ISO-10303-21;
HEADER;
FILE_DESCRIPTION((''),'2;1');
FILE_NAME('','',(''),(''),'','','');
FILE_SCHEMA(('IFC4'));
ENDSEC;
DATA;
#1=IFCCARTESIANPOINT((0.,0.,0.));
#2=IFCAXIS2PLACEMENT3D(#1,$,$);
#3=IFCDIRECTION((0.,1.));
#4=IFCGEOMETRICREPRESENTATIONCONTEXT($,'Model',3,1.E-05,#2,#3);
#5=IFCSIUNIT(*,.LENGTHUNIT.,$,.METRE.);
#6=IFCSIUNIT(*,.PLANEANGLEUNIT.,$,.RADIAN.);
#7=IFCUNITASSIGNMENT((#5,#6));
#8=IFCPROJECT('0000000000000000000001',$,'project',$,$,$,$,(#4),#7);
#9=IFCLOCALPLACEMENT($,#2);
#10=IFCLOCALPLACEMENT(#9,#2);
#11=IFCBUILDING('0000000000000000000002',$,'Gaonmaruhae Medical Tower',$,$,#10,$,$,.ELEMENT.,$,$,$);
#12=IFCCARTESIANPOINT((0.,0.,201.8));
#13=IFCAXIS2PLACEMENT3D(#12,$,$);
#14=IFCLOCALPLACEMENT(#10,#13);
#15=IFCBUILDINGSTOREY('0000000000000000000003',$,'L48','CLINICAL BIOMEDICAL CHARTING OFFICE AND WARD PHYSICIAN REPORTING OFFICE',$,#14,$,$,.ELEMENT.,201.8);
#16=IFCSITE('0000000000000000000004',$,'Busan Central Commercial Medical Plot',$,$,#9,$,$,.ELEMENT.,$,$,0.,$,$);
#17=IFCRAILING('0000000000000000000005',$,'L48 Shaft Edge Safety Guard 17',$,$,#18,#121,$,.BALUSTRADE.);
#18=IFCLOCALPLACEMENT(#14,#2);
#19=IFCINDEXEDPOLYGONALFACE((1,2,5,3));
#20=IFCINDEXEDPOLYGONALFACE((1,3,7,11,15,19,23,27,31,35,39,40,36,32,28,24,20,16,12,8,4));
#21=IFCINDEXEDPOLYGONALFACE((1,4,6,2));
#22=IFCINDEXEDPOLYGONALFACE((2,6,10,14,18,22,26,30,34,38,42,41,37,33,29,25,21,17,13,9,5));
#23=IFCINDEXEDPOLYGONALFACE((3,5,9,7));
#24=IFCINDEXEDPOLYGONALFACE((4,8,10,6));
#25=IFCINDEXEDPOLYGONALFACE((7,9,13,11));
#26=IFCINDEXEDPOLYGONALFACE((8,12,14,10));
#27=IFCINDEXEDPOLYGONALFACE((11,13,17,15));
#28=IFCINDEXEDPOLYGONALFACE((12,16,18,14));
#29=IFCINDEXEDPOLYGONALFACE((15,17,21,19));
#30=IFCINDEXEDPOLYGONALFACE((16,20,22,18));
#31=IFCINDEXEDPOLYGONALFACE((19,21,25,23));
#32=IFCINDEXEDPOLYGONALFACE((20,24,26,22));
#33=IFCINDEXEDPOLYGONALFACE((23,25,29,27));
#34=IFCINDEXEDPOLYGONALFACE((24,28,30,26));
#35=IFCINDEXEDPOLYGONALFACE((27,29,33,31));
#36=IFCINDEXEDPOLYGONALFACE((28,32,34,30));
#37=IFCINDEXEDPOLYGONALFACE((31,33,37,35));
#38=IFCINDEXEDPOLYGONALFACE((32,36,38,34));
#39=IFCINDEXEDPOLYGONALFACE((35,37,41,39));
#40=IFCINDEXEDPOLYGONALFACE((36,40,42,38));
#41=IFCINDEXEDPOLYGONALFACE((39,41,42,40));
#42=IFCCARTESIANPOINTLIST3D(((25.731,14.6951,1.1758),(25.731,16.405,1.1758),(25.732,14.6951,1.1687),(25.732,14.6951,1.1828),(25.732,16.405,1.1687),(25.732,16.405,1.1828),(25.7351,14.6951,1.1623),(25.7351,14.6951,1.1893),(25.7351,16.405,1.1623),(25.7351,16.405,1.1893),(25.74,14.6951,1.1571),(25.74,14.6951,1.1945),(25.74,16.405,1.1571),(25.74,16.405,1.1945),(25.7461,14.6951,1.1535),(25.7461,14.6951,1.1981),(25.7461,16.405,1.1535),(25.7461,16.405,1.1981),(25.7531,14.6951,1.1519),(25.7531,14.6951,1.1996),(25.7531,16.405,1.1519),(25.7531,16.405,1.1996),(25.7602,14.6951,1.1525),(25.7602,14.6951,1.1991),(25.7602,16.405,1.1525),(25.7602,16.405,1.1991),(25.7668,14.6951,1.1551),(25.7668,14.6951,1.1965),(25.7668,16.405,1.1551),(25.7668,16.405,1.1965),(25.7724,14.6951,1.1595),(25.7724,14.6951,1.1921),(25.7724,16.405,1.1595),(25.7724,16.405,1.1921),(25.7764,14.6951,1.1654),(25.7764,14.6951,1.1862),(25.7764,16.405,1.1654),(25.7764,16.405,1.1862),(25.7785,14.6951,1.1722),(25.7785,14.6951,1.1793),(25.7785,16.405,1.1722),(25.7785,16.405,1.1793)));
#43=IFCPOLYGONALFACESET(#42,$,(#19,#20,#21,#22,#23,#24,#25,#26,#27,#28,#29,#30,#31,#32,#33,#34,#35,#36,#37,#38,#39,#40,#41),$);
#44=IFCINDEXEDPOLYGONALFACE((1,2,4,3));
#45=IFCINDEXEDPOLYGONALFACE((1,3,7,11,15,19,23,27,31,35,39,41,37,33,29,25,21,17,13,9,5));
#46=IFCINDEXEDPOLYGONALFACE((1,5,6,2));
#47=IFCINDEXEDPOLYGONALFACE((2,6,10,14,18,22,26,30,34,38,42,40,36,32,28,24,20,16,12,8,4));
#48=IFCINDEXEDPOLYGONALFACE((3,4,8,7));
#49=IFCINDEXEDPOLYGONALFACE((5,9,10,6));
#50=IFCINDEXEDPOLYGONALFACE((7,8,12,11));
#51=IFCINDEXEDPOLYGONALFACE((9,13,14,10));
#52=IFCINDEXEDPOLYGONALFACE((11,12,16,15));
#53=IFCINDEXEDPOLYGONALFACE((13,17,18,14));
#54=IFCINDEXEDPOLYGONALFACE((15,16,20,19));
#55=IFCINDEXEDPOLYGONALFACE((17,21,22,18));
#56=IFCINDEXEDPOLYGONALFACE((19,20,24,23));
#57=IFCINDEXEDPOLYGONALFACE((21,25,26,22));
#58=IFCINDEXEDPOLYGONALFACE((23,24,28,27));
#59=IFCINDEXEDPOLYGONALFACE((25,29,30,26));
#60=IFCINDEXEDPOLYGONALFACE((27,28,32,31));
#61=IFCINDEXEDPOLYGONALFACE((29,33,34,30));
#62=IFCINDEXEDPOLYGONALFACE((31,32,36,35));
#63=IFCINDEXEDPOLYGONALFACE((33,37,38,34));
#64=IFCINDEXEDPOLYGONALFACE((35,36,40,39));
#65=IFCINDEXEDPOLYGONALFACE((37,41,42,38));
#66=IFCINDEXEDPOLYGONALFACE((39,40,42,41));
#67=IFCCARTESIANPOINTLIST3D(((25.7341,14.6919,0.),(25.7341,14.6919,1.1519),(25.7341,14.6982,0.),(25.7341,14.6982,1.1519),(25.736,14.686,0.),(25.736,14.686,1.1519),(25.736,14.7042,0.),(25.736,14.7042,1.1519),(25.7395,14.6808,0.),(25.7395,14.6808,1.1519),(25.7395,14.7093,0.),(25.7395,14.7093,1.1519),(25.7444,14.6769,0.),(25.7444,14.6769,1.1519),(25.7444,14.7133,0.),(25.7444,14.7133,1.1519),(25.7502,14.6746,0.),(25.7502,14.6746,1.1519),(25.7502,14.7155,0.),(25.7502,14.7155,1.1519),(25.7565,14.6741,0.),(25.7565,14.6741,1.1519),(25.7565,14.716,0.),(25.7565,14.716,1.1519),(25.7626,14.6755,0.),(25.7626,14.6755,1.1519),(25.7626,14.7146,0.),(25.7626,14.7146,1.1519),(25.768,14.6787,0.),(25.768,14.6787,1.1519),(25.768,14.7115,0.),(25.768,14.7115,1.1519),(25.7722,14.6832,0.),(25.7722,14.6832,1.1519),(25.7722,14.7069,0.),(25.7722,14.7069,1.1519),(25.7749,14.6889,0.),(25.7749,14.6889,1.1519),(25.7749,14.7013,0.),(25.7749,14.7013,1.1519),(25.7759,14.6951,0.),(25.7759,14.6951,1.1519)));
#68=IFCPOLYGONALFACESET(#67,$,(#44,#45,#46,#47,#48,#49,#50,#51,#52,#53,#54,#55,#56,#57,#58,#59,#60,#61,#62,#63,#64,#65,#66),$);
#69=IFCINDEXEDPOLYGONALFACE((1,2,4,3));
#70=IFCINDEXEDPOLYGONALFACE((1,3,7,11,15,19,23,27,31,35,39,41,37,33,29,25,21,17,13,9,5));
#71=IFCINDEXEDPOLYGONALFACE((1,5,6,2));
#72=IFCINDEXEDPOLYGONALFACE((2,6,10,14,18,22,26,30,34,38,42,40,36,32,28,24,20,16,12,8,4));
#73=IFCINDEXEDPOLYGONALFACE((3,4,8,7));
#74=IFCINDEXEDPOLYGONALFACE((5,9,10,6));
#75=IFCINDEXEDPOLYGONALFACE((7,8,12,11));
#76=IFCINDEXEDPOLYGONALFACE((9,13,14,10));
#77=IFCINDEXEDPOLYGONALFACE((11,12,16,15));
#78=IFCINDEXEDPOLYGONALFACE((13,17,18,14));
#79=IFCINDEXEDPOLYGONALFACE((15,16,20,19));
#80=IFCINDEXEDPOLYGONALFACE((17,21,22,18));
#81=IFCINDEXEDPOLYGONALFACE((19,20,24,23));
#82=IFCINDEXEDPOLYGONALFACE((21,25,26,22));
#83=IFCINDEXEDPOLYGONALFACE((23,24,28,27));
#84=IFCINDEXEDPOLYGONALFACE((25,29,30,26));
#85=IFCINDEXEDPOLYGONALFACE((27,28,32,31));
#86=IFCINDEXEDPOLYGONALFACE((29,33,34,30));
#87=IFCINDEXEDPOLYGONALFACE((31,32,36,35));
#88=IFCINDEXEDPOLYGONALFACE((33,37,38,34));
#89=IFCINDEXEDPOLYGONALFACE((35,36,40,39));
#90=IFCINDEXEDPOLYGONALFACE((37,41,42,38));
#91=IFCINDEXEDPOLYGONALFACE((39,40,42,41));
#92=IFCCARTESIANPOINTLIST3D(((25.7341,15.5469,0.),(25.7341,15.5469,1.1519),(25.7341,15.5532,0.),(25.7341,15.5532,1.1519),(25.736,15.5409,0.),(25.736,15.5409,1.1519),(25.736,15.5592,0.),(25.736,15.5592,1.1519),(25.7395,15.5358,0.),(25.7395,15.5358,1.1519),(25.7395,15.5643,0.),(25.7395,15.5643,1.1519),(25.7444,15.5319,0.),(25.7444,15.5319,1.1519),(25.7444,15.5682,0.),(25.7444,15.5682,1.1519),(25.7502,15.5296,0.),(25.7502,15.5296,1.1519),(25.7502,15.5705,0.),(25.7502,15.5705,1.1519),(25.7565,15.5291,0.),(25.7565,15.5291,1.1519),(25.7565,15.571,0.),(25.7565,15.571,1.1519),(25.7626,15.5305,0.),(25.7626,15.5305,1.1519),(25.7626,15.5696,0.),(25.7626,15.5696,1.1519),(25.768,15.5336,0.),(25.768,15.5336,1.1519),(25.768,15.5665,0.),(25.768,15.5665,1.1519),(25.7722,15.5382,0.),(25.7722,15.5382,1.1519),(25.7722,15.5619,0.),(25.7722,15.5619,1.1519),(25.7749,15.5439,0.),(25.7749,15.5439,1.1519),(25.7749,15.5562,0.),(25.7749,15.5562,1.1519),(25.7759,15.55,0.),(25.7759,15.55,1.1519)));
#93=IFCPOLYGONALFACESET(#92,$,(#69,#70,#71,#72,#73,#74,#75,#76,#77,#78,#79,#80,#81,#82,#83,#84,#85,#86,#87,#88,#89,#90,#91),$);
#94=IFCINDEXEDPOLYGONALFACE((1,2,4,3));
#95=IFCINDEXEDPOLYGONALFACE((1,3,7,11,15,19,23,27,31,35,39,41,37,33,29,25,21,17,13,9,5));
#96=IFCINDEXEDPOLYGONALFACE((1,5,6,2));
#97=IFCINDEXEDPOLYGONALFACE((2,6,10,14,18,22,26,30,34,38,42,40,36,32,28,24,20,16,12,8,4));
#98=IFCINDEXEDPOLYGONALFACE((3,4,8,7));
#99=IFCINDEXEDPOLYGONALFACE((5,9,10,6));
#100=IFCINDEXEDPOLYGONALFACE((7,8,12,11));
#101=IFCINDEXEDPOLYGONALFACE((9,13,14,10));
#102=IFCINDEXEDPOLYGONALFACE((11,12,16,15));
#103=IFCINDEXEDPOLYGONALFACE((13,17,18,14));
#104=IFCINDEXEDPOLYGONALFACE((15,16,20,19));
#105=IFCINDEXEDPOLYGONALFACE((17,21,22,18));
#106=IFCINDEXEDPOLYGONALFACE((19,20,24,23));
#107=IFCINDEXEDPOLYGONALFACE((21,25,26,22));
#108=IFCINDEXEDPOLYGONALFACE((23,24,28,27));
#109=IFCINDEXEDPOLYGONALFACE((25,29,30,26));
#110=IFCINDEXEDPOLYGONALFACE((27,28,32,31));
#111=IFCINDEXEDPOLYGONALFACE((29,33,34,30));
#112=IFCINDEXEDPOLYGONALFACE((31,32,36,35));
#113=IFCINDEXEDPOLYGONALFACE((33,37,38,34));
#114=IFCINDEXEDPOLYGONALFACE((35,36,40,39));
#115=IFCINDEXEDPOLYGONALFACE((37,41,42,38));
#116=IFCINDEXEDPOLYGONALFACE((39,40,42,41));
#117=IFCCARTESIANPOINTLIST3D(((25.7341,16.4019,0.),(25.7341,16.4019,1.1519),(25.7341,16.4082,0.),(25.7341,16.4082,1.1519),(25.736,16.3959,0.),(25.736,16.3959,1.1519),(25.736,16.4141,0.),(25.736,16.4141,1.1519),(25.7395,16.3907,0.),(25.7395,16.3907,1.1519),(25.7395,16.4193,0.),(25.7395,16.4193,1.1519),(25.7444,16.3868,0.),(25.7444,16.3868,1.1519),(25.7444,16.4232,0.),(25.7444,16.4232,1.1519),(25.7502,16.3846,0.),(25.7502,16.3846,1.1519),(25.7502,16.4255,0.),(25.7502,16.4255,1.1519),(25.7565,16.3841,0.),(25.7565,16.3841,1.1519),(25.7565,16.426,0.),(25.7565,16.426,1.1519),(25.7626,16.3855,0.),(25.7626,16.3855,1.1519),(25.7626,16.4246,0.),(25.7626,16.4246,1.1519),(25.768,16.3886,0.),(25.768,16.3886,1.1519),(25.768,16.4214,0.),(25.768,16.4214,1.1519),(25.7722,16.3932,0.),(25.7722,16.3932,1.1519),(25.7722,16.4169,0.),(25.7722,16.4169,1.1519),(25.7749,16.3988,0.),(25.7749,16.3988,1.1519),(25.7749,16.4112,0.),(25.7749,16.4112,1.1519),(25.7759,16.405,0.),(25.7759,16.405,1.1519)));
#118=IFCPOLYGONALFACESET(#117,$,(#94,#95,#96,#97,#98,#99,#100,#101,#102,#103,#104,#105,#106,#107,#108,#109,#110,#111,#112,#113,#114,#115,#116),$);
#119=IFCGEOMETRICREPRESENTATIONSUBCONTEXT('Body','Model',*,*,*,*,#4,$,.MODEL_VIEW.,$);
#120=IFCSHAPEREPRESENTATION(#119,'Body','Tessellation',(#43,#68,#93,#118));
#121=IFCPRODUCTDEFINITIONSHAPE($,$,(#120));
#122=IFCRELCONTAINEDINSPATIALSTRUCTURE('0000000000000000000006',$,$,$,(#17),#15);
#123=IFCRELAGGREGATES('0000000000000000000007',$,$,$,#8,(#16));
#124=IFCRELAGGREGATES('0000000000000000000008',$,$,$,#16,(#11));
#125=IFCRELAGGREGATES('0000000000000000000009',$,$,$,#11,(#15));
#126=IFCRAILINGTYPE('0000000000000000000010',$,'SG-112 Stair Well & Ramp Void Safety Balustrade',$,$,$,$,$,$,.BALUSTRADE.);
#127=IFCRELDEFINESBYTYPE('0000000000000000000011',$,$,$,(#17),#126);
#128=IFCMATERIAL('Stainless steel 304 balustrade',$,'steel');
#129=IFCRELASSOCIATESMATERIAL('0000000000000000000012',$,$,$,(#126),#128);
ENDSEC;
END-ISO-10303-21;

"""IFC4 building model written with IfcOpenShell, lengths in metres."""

from ifc_helpers import new_model, si_unit, direction, frame, origin, origin_2d, place, context, subcontext, project, spatial, circle, extrude, material, type_object, element, save


model = new_model("IFC4")

# Units and contexts
model_context = context("Model", 3, precision=1e-05, world=origin(), true_north=direction((0.0, 1.0)))
body_context = subcontext(model_context, "Body", "Model", "MODEL_VIEW")
ifc_project = project(units=[si_unit("LENGTHUNIT", "METRE"), si_unit("PLANEANGLEUNIT", "RADIAN")], contexts=[model_context])

# Site, building, storey
site_placement = place(None, origin())
site = spatial("IfcSite", under=ifc_project, at=site_placement, Name="Busan Central Commercial Medical Plot", CompositionType="ELEMENT", RefElevation=0.0)
building_placement = place(site_placement, origin())
building = spatial("IfcBuilding", under=site, at=building_placement, Name="Gaonmaruhae Medical Tower", CompositionType="ELEMENT")
storey_placement = place(building_placement, frame((0.0, 0.0, 201.8)))
storey = spatial("IfcBuildingStorey", under=building, at=storey_placement, Name="L48", Description="CLINICAL BIOMEDICAL CHARTING OFFICE AND WARD PHYSICIAN REPORTING OFFICE", CompositionType="ELEMENT", Elevation=201.8)

# Railing
ifc_material_1 = material(Name="Stainless steel 304 balustrade", Category="steel")
railing_type_1 = type_object("IfcRailingType", Name="SG-112 Stair Well & Ramp Void Safety Balustrade", PredefinedType="BALUSTRADE", material=ifc_material_1)
railing_1_placement = place(storey_placement, frame((25.7549, 14.6951, 0.0)))
element("IfcRailing", 1, at=railing_1_placement, inside=storey, type_object=railing_type_1, Name="L48 Shaft Edge Safety Guard 17", PredefinedType="BALUSTRADE", context=body_context, shape_type="SweptSolid", body=[
    extrude(circle(Radius=0.0239, at=origin_2d()), frame((0.0, 0.0, 1.1758), z_axis=(0.0, 1.0, 0.0), x_axis=(-1.0, 0.0, 0.0)), (0.0, 0.0, 1.0), 1.71),
    extrude(circle(Radius=0.021, at=origin_2d()), origin(), (0.0, 0.0, 1.0), 1.1519),
    extrude(circle(Radius=0.021, at=origin_2d()), frame((0.0, 0.855, 0.0)), (0.0, 0.0, 1.0), 1.1519),
    extrude(circle(Radius=0.021, at=origin_2d()), frame((0.0, 1.71, 0.0)), (0.0, 0.0, 1.0), 1.1519),
])

save(model, "model.ifc")
